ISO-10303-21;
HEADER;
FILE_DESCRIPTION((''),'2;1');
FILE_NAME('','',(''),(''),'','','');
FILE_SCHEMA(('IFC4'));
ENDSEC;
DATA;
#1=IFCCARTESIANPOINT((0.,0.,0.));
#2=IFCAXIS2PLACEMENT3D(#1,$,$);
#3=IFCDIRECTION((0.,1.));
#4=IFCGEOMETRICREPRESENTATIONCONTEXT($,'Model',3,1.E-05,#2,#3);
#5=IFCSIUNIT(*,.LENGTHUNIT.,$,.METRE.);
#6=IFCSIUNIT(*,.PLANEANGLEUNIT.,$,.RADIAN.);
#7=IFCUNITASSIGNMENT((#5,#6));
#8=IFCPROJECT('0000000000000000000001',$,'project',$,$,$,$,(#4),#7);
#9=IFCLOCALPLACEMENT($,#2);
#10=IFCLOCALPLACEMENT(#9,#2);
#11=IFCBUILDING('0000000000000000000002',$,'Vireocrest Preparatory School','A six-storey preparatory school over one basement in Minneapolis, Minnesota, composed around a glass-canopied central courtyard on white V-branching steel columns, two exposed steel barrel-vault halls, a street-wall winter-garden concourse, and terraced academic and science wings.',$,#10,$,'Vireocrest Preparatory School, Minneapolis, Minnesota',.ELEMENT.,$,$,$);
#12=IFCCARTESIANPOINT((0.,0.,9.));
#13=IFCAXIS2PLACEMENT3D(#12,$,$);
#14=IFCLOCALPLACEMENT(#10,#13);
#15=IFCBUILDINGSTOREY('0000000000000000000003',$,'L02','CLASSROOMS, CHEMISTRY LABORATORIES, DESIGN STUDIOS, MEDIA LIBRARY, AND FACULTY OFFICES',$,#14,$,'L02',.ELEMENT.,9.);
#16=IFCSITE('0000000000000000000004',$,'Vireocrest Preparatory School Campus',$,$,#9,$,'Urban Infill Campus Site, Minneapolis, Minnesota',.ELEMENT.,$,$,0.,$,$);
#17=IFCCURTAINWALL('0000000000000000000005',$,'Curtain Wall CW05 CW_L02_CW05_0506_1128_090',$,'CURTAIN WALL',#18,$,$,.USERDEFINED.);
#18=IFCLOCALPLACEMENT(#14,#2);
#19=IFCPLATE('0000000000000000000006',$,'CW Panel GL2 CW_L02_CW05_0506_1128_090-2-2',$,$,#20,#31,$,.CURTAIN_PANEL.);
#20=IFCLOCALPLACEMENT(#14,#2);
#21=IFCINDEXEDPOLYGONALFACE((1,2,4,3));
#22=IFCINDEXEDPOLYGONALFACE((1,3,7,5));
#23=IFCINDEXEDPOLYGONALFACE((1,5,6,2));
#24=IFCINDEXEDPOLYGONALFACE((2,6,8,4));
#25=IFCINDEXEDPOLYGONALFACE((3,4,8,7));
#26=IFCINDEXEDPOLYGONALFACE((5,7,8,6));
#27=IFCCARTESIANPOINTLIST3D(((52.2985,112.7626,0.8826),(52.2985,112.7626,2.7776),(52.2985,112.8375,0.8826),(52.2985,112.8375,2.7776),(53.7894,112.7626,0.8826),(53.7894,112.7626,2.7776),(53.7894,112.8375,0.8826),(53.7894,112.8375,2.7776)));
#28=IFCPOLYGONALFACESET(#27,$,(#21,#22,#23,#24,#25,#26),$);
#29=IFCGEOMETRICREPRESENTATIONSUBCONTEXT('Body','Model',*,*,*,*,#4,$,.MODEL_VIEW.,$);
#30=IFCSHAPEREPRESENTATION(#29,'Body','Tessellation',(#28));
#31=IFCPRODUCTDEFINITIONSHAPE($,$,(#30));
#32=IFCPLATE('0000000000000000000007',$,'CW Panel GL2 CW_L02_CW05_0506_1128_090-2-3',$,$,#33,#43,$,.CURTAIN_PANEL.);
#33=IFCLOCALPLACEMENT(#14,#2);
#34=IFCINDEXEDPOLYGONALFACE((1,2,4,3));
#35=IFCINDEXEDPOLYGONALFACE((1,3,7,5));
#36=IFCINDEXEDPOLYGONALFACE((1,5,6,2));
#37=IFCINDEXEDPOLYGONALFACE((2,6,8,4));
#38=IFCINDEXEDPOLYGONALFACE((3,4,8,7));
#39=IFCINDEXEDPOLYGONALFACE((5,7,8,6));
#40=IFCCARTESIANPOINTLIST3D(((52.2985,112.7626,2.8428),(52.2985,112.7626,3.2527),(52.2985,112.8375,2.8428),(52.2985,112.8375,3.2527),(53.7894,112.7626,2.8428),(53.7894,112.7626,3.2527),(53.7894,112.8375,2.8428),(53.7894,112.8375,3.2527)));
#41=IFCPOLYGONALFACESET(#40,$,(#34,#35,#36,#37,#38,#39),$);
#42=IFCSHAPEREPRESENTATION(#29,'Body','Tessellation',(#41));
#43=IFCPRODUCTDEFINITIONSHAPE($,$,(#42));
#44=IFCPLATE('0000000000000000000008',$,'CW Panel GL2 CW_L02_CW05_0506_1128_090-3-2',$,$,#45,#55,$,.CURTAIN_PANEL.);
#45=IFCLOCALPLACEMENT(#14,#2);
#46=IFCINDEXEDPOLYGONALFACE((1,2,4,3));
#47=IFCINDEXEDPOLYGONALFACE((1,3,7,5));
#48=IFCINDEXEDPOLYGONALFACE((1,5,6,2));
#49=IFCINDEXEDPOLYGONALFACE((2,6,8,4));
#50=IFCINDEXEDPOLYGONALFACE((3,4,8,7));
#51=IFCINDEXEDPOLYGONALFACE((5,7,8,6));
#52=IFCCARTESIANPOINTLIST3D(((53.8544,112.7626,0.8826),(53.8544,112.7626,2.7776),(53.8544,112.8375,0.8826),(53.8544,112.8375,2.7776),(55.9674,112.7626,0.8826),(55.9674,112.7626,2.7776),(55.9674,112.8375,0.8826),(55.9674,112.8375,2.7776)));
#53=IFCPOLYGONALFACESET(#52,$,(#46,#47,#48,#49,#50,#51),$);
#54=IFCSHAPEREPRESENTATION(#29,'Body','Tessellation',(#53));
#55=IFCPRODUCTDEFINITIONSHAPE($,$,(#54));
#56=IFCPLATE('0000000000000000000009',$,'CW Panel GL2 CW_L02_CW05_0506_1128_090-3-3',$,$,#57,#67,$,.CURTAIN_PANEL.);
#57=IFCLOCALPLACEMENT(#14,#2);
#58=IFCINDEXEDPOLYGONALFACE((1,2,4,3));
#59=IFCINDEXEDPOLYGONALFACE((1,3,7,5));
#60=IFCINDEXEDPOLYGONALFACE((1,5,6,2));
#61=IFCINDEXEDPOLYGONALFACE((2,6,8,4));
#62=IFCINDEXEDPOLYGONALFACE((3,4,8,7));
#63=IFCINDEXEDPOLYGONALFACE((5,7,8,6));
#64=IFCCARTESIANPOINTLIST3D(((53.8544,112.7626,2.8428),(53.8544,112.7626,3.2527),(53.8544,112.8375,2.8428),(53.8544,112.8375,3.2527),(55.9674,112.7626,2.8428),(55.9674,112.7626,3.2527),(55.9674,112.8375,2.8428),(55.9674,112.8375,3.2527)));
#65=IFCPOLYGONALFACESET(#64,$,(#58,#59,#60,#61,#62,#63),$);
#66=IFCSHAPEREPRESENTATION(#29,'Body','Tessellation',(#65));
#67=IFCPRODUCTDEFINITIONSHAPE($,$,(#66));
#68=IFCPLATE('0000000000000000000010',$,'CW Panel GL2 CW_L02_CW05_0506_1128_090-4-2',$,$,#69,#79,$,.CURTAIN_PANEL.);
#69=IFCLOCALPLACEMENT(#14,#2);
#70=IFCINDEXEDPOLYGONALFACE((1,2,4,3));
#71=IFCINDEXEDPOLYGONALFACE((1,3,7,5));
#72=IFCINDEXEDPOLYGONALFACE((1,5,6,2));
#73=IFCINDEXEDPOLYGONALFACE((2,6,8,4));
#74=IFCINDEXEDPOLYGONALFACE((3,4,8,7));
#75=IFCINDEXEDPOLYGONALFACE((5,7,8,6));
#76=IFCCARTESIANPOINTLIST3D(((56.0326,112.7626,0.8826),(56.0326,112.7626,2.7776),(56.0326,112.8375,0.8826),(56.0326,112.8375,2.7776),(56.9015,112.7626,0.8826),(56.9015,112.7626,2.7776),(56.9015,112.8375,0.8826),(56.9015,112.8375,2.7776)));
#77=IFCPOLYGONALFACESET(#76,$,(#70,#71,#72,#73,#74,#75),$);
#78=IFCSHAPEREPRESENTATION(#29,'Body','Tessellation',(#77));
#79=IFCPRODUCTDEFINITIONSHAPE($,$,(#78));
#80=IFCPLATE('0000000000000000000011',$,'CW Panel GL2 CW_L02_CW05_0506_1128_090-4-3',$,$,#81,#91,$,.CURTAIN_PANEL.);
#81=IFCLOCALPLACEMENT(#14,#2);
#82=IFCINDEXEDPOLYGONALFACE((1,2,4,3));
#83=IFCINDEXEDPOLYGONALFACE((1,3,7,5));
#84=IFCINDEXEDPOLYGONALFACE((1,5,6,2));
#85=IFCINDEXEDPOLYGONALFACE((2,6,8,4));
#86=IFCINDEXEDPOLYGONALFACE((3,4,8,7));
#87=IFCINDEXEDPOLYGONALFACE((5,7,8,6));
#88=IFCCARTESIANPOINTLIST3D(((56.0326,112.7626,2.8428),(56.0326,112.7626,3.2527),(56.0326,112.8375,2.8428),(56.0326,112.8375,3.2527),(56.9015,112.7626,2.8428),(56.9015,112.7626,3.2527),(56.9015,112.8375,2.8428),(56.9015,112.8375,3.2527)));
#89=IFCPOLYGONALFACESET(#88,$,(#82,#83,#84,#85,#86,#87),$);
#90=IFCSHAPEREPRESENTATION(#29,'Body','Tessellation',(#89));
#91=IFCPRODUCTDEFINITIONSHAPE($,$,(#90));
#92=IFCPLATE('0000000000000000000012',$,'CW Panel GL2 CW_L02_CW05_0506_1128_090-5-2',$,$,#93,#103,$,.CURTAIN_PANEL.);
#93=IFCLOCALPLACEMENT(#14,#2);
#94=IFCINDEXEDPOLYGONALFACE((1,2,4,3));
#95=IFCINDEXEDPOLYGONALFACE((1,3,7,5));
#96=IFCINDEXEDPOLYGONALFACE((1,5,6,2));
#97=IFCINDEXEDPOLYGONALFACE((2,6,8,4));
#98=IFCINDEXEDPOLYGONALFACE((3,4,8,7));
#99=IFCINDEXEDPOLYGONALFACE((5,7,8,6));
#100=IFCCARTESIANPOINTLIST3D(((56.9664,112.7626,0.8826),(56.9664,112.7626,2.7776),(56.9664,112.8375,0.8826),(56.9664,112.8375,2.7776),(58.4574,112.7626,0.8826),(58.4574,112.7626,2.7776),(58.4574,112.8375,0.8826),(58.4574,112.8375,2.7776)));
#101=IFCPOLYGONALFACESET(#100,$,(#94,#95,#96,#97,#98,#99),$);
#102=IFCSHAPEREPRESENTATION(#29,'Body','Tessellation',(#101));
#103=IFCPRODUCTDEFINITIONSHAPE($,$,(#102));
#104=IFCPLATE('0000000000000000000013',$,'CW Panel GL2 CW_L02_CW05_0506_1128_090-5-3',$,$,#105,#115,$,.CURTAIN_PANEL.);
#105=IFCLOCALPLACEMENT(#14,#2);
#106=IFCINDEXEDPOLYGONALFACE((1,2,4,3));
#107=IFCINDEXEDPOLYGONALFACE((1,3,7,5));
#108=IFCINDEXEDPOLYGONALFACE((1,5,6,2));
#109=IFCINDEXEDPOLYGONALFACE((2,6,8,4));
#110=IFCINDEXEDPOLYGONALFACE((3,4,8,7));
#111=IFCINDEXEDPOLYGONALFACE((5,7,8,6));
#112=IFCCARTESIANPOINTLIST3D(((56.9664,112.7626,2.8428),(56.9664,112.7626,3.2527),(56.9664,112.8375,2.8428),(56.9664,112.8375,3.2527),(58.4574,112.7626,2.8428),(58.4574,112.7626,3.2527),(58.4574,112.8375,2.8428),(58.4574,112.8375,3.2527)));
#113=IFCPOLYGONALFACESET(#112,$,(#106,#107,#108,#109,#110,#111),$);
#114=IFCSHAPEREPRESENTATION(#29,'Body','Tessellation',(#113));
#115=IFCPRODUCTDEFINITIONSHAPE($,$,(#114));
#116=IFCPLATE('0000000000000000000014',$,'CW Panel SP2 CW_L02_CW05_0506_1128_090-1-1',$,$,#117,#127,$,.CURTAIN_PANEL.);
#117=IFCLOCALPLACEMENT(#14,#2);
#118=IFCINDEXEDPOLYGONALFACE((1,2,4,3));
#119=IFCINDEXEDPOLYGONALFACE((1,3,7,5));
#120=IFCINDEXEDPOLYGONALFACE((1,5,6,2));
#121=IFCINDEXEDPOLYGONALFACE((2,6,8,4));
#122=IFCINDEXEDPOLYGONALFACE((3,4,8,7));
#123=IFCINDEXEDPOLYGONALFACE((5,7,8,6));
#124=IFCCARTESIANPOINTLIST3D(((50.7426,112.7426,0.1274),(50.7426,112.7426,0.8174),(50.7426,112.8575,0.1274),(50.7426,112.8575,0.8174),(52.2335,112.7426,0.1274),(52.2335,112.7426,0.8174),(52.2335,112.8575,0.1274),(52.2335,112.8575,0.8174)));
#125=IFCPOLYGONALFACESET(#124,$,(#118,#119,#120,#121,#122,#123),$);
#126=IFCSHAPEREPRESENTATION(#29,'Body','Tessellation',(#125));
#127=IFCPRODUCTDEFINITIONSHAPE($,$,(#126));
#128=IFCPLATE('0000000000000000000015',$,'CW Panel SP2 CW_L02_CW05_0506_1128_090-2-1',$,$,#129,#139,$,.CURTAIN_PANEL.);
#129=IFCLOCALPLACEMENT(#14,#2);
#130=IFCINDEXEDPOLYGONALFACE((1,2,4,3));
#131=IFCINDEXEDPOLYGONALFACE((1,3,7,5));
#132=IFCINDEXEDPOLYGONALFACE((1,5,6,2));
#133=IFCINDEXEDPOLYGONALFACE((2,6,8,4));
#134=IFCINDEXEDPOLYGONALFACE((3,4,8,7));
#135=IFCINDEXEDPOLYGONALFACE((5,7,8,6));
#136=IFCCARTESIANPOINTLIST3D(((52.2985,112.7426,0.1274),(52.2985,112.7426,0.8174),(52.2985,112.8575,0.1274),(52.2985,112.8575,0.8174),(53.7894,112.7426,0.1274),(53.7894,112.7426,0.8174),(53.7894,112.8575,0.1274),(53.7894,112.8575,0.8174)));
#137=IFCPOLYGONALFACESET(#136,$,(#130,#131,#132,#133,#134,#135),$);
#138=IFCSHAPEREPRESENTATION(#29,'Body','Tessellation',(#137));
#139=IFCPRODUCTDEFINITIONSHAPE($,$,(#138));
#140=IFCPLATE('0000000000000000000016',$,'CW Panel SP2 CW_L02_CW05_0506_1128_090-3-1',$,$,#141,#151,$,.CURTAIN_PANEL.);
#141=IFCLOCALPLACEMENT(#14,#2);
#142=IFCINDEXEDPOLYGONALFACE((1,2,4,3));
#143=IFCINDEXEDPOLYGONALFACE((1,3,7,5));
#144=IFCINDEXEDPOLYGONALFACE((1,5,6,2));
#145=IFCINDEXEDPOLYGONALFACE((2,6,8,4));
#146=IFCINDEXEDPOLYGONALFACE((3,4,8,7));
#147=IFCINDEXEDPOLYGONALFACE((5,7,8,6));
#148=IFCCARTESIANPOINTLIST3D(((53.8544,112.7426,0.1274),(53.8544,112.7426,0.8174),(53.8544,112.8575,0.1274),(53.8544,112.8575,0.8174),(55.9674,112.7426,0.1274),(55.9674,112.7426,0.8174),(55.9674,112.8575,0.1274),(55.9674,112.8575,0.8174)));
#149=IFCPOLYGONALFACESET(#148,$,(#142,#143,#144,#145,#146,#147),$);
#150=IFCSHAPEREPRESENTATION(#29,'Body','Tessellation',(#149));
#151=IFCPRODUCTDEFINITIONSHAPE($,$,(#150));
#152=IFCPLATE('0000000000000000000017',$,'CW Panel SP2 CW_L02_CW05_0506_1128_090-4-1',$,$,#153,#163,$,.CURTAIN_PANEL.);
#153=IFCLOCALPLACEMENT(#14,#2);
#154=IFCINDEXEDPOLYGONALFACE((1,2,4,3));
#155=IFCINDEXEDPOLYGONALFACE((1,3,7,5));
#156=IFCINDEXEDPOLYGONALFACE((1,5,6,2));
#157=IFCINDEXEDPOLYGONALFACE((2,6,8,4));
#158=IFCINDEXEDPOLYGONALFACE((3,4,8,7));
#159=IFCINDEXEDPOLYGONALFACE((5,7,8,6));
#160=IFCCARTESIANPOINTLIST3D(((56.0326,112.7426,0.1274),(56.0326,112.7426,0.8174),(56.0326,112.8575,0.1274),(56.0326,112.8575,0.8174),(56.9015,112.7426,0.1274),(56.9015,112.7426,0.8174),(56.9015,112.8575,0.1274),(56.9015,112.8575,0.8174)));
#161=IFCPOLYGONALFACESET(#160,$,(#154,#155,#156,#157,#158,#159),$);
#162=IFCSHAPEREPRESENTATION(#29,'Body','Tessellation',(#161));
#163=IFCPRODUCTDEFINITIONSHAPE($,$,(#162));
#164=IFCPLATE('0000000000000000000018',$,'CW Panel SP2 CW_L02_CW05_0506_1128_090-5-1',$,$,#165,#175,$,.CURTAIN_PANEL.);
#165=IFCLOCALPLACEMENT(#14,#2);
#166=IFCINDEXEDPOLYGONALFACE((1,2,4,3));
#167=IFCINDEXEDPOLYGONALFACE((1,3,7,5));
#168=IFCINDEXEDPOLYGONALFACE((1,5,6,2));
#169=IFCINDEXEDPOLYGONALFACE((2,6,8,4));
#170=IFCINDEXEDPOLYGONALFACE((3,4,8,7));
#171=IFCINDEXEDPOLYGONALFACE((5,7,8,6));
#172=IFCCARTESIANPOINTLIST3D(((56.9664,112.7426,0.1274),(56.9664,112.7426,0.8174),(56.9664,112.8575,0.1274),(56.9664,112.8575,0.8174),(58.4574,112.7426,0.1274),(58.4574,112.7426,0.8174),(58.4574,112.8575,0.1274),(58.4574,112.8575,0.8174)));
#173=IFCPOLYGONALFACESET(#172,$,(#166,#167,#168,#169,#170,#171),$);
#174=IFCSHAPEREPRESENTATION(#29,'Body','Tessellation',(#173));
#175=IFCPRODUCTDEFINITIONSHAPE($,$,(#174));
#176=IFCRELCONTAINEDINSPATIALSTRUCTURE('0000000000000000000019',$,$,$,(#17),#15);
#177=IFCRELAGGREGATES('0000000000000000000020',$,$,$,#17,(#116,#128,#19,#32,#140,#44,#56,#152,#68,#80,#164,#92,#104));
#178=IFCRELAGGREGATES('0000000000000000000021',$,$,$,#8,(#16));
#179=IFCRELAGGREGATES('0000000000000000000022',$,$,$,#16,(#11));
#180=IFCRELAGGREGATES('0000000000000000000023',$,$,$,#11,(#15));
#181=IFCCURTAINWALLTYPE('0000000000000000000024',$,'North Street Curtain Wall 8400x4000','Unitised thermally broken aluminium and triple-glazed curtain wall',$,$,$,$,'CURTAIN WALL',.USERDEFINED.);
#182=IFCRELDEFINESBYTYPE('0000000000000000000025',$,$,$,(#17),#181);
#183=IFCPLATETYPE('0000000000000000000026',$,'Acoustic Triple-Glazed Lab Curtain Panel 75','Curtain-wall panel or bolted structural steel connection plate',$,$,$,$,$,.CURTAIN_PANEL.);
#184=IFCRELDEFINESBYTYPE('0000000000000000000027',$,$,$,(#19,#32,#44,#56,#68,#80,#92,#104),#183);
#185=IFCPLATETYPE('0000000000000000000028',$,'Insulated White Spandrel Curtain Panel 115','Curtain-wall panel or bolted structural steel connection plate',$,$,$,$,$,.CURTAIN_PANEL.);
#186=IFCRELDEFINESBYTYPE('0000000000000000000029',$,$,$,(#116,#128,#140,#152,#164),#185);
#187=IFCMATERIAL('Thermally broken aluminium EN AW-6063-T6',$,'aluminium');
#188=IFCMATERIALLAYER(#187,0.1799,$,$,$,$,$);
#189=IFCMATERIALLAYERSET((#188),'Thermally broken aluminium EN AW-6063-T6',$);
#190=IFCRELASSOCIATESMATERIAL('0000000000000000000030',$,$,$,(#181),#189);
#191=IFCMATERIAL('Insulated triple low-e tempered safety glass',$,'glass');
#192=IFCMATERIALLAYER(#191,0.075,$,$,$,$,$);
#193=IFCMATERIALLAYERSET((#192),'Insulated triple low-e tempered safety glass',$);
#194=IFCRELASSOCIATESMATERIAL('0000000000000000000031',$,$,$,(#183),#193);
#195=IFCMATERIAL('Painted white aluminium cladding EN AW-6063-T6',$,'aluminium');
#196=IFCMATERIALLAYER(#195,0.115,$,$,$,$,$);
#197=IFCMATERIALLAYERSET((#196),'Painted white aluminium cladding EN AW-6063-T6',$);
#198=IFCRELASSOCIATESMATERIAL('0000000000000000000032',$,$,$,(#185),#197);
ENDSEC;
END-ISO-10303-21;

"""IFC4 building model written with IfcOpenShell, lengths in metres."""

from ifc_helpers import new_model, si_unit, direction, frame, origin, origin_2d, place, context, subcontext, project, spatial, rectangle, extrude, material, layer, layer_set, type_object, element, aggregate, save


model = new_model("IFC4")

# Units and contexts
model_context = context("Model", 3, precision=1e-05, world=origin(), true_north=direction((0.0, 1.0)))
body_context = subcontext(model_context, "Body", "Model", "MODEL_VIEW")
ifc_project = project(units=[si_unit("LENGTHUNIT", "METRE"), si_unit("PLANEANGLEUNIT", "RADIAN")], contexts=[model_context])

# Site, building, storey
site_placement = place(None, origin())
site = spatial("IfcSite", under=ifc_project, at=site_placement, Name="Vireocrest Preparatory School Campus", LongName="Urban Infill Campus Site, Minneapolis, Minnesota", CompositionType="ELEMENT", RefElevation=0.0)
building_placement = place(site_placement, origin())
building = spatial("IfcBuilding", under=site, at=building_placement, Name="Vireocrest Preparatory School", Description="A six-storey preparatory school over one basement in Minneapolis, Minnesota, composed around a glass-canopied central courtyard on white V-branching steel columns, two exposed steel barrel-vault halls, a street-wall winter-garden concourse, and terraced academic and science wings.", LongName="Vireocrest Preparatory School, Minneapolis, Minnesota", CompositionType="ELEMENT")
storey_placement = place(building_placement, frame((0.0, 0.0, 9.0)))
storey = spatial("IfcBuildingStorey", under=building, at=storey_placement, Name="L02", Description="CLASSROOMS, CHEMISTRY LABORATORIES, DESIGN STUDIOS, MEDIA LIBRARY, AND FACULTY OFFICES", LongName="L02", CompositionType="ELEMENT", Elevation=9.0)

# Curtain wall
ifc_material_1 = material(Name="Thermally broken aluminium EN AW-6063-T6", Category="aluminium")
ifc_layer_1 = layer(ifc_material_1, 0.1799)
ifc_layer_set_1 = layer_set([ifc_layer_1], Name="Thermally broken aluminium EN AW-6063-T6")
curtain_wall_type = type_object("IfcCurtainWallType", Name="North Street Curtain Wall 8400x4000", Description="Unitised thermally broken aluminium and triple-glazed curtain wall", ElementType="CURTAIN WALL", PredefinedType="USERDEFINED", material=ifc_layer_set_1)
curtain_wall_placement = place(storey_placement, origin())
curtain_wall = element("IfcCurtainWall", 1, at=curtain_wall_placement, inside=storey, type_object=curtain_wall_type, Name="Curtain Wall CW05 CW_L02_CW05_0506_1128_090", ObjectType="CURTAIN WALL", PredefinedType="USERDEFINED")

# Plates
ifc_material_2 = material(Name="Insulated triple low-e tempered safety glass", Category="glass")
ifc_layer_2 = layer(ifc_material_2, 0.075)
ifc_layer_set_2 = layer_set([ifc_layer_2], Name="Insulated triple low-e tempered safety glass")
plate_type_1 = type_object("IfcPlateType", Name="Acoustic Triple-Glazed Lab Curtain Panel 75", Description="Curtain-wall panel or bolted structural steel connection plate", PredefinedType="CURTAIN_PANEL", material=ifc_layer_set_2)
plate_1_placement = place(storey_placement, frame((53.0439, 112.8, 0.8826), z_axis=(0.0, 0.0, 1.0), x_axis=(1.0, 0.0, 0.0)))
plate_1 = element("IfcPlate", 2, at=plate_1_placement, type_object=plate_type_1, Name="CW Panel GL2 CW_L02_CW05_0506_1128_090-2-2", PredefinedType="CURTAIN_PANEL", context=body_context, shape_type="SweptSolid", body=[
    extrude(rectangle(XDim=1.491, YDim=0.075, at=origin_2d()), origin(), (0.0, 0.0, 1.0), 1.895),
])
plate_2_placement = place(storey_placement, frame((53.0439, 112.8, 2.8428), z_axis=(0.0, 0.0, 1.0), x_axis=(1.0, 0.0, 0.0)))
plate_2 = element("IfcPlate", 3, at=plate_2_placement, type_object=plate_type_1, Name="CW Panel GL2 CW_L02_CW05_0506_1128_090-2-3", PredefinedType="CURTAIN_PANEL", context=body_context, shape_type="SweptSolid", body=[
    extrude(rectangle(XDim=1.491, YDim=0.075, at=origin_2d()), origin(), (0.0, 0.0, 1.0), 0.4099),
])
plate_3_placement = place(storey_placement, frame((54.9109, 112.8, 0.8826), z_axis=(0.0, 0.0, 1.0), x_axis=(1.0, 0.0, 0.0)))
plate_3 = element("IfcPlate", 4, at=plate_3_placement, type_object=plate_type_1, Name="CW Panel GL2 CW_L02_CW05_0506_1128_090-3-2", PredefinedType="CURTAIN_PANEL", context=body_context, shape_type="SweptSolid", body=[
    extrude(rectangle(XDim=2.113, YDim=0.075, at=origin_2d()), origin(), (0.0, 0.0, 1.0), 1.895),
])
plate_4_placement = place(storey_placement, frame((54.9109, 112.8, 2.8428), z_axis=(0.0, 0.0, 1.0), x_axis=(1.0, 0.0, 0.0)))
plate_4 = element("IfcPlate", 5, at=plate_4_placement, type_object=plate_type_1, Name="CW Panel GL2 CW_L02_CW05_0506_1128_090-3-3", PredefinedType="CURTAIN_PANEL", context=body_context, shape_type="SweptSolid", body=[
    extrude(rectangle(XDim=2.113, YDim=0.075, at=origin_2d()), origin(), (0.0, 0.0, 1.0), 0.4099),
])
plate_5_placement = place(storey_placement, frame((56.467, 112.8, 0.8826), z_axis=(0.0, 0.0, 1.0), x_axis=(1.0, 0.0, 0.0)))
plate_5 = element("IfcPlate", 6, at=plate_5_placement, type_object=plate_type_1, Name="CW Panel GL2 CW_L02_CW05_0506_1128_090-4-2", PredefinedType="CURTAIN_PANEL", context=body_context, shape_type="SweptSolid", body=[
    extrude(rectangle(XDim=0.8689, YDim=0.075, at=origin_2d()), origin(), (0.0, 0.0, 1.0), 1.895),
])
plate_6_placement = place(storey_placement, frame((56.467, 112.8, 2.8428), z_axis=(0.0, 0.0, 1.0), x_axis=(1.0, 0.0, 0.0)))
plate_6 = element("IfcPlate", 7, at=plate_6_placement, type_object=plate_type_1, Name="CW Panel GL2 CW_L02_CW05_0506_1128_090-4-3", PredefinedType="CURTAIN_PANEL", context=body_context, shape_type="SweptSolid", body=[
    extrude(rectangle(XDim=0.8689, YDim=0.075, at=origin_2d()), origin(), (0.0, 0.0, 1.0), 0.4099),
])
plate_7_placement = place(storey_placement, frame((57.7119, 112.8, 0.8826), z_axis=(0.0, 0.0, 1.0), x_axis=(1.0, 0.0, 0.0)))
plate_7 = element("IfcPlate", 8, at=plate_7_placement, type_object=plate_type_1, Name="CW Panel GL2 CW_L02_CW05_0506_1128_090-5-2", PredefinedType="CURTAIN_PANEL", context=body_context, shape_type="SweptSolid", body=[
    extrude(rectangle(XDim=1.491, YDim=0.075, at=origin_2d()), origin(), (0.0, 0.0, 1.0), 1.895),
])
plate_8_placement = place(storey_placement, frame((57.7119, 112.8, 2.8428), z_axis=(0.0, 0.0, 1.0), x_axis=(1.0, 0.0, 0.0)))
plate_8 = element("IfcPlate", 9, at=plate_8_placement, type_object=plate_type_1, Name="CW Panel GL2 CW_L02_CW05_0506_1128_090-5-3", PredefinedType="CURTAIN_PANEL", context=body_context, shape_type="SweptSolid", body=[
    extrude(rectangle(XDim=1.491, YDim=0.075, at=origin_2d()), origin(), (0.0, 0.0, 1.0), 0.4099),
])
ifc_material_3 = material(Name="Painted white aluminium cladding EN AW-6063-T6", Category="aluminium")
ifc_layer_3 = layer(ifc_material_3, 0.115)
ifc_layer_set_3 = layer_set([ifc_layer_3], Name="Painted white aluminium cladding EN AW-6063-T6")
plate_type_2 = type_object("IfcPlateType", Name="Insulated White Spandrel Curtain Panel 115", Description="Curtain-wall panel or bolted structural steel connection plate", PredefinedType="CURTAIN_PANEL", material=ifc_layer_set_3)
plate_9_placement = place(storey_placement, frame((51.488, 112.8, 0.1274), z_axis=(0.0, 0.0, 1.0), x_axis=(1.0, 0.0, 0.0)))
plate_9 = element("IfcPlate", 10, at=plate_9_placement, type_object=plate_type_2, Name="CW Panel SP2 CW_L02_CW05_0506_1128_090-1-1", PredefinedType="CURTAIN_PANEL", context=body_context, shape_type="SweptSolid", body=[
    extrude(rectangle(XDim=1.491, YDim=0.115, at=origin_2d()), origin(), (0.0, 0.0, 1.0), 0.6899),
])
plate_10_placement = place(storey_placement, frame((53.0439, 112.8, 0.1274), z_axis=(0.0, 0.0, 1.0), x_axis=(1.0, 0.0, 0.0)))
plate_10 = element("IfcPlate", 11, at=plate_10_placement, type_object=plate_type_2, Name="CW Panel SP2 CW_L02_CW05_0506_1128_090-2-1", PredefinedType="CURTAIN_PANEL", context=body_context, shape_type="SweptSolid", body=[
    extrude(rectangle(XDim=1.491, YDim=0.115, at=origin_2d()), origin(), (0.0, 0.0, 1.0), 0.6899),
])
plate_11_placement = place(storey_placement, frame((54.9109, 112.8, 0.1274), z_axis=(0.0, 0.0, 1.0), x_axis=(1.0, 0.0, 0.0)))
plate_11 = element("IfcPlate", 12, at=plate_11_placement, type_object=plate_type_2, Name="CW Panel SP2 CW_L02_CW05_0506_1128_090-3-1", PredefinedType="CURTAIN_PANEL", context=body_context, shape_type="SweptSolid", body=[
    extrude(rectangle(XDim=2.113, YDim=0.115, at=origin_2d()), origin(), (0.0, 0.0, 1.0), 0.6899),
])
plate_12_placement = place(storey_placement, frame((56.467, 112.8, 0.1274), z_axis=(0.0, 0.0, 1.0), x_axis=(1.0, 0.0, 0.0)))
plate_12 = element("IfcPlate", 13, at=plate_12_placement, type_object=plate_type_2, Name="CW Panel SP2 CW_L02_CW05_0506_1128_090-4-1", PredefinedType="CURTAIN_PANEL", context=body_context, shape_type="SweptSolid", body=[
    extrude(rectangle(XDim=0.8689, YDim=0.115, at=origin_2d()), origin(), (0.0, 0.0, 1.0), 0.6899),
])
plate_13_placement = place(storey_placement, frame((57.7119, 112.8, 0.1274), z_axis=(0.0, 0.0, 1.0), x_axis=(1.0, 0.0, 0.0)))
plate_13 = element("IfcPlate", 14, at=plate_13_placement, type_object=plate_type_2, Name="CW Panel SP2 CW_L02_CW05_0506_1128_090-5-1", PredefinedType="CURTAIN_PANEL", context=body_context, shape_type="SweptSolid", body=[
    extrude(rectangle(XDim=1.491, YDim=0.115, at=origin_2d()), origin(), (0.0, 0.0, 1.0), 0.6899),
])
aggregate(curtain_wall, [plate_9, plate_10, plate_1, plate_2, plate_11, plate_3, plate_4, plate_12, plate_5, plate_6, plate_13, plate_7, plate_8])

save(model, "model.ifc")
